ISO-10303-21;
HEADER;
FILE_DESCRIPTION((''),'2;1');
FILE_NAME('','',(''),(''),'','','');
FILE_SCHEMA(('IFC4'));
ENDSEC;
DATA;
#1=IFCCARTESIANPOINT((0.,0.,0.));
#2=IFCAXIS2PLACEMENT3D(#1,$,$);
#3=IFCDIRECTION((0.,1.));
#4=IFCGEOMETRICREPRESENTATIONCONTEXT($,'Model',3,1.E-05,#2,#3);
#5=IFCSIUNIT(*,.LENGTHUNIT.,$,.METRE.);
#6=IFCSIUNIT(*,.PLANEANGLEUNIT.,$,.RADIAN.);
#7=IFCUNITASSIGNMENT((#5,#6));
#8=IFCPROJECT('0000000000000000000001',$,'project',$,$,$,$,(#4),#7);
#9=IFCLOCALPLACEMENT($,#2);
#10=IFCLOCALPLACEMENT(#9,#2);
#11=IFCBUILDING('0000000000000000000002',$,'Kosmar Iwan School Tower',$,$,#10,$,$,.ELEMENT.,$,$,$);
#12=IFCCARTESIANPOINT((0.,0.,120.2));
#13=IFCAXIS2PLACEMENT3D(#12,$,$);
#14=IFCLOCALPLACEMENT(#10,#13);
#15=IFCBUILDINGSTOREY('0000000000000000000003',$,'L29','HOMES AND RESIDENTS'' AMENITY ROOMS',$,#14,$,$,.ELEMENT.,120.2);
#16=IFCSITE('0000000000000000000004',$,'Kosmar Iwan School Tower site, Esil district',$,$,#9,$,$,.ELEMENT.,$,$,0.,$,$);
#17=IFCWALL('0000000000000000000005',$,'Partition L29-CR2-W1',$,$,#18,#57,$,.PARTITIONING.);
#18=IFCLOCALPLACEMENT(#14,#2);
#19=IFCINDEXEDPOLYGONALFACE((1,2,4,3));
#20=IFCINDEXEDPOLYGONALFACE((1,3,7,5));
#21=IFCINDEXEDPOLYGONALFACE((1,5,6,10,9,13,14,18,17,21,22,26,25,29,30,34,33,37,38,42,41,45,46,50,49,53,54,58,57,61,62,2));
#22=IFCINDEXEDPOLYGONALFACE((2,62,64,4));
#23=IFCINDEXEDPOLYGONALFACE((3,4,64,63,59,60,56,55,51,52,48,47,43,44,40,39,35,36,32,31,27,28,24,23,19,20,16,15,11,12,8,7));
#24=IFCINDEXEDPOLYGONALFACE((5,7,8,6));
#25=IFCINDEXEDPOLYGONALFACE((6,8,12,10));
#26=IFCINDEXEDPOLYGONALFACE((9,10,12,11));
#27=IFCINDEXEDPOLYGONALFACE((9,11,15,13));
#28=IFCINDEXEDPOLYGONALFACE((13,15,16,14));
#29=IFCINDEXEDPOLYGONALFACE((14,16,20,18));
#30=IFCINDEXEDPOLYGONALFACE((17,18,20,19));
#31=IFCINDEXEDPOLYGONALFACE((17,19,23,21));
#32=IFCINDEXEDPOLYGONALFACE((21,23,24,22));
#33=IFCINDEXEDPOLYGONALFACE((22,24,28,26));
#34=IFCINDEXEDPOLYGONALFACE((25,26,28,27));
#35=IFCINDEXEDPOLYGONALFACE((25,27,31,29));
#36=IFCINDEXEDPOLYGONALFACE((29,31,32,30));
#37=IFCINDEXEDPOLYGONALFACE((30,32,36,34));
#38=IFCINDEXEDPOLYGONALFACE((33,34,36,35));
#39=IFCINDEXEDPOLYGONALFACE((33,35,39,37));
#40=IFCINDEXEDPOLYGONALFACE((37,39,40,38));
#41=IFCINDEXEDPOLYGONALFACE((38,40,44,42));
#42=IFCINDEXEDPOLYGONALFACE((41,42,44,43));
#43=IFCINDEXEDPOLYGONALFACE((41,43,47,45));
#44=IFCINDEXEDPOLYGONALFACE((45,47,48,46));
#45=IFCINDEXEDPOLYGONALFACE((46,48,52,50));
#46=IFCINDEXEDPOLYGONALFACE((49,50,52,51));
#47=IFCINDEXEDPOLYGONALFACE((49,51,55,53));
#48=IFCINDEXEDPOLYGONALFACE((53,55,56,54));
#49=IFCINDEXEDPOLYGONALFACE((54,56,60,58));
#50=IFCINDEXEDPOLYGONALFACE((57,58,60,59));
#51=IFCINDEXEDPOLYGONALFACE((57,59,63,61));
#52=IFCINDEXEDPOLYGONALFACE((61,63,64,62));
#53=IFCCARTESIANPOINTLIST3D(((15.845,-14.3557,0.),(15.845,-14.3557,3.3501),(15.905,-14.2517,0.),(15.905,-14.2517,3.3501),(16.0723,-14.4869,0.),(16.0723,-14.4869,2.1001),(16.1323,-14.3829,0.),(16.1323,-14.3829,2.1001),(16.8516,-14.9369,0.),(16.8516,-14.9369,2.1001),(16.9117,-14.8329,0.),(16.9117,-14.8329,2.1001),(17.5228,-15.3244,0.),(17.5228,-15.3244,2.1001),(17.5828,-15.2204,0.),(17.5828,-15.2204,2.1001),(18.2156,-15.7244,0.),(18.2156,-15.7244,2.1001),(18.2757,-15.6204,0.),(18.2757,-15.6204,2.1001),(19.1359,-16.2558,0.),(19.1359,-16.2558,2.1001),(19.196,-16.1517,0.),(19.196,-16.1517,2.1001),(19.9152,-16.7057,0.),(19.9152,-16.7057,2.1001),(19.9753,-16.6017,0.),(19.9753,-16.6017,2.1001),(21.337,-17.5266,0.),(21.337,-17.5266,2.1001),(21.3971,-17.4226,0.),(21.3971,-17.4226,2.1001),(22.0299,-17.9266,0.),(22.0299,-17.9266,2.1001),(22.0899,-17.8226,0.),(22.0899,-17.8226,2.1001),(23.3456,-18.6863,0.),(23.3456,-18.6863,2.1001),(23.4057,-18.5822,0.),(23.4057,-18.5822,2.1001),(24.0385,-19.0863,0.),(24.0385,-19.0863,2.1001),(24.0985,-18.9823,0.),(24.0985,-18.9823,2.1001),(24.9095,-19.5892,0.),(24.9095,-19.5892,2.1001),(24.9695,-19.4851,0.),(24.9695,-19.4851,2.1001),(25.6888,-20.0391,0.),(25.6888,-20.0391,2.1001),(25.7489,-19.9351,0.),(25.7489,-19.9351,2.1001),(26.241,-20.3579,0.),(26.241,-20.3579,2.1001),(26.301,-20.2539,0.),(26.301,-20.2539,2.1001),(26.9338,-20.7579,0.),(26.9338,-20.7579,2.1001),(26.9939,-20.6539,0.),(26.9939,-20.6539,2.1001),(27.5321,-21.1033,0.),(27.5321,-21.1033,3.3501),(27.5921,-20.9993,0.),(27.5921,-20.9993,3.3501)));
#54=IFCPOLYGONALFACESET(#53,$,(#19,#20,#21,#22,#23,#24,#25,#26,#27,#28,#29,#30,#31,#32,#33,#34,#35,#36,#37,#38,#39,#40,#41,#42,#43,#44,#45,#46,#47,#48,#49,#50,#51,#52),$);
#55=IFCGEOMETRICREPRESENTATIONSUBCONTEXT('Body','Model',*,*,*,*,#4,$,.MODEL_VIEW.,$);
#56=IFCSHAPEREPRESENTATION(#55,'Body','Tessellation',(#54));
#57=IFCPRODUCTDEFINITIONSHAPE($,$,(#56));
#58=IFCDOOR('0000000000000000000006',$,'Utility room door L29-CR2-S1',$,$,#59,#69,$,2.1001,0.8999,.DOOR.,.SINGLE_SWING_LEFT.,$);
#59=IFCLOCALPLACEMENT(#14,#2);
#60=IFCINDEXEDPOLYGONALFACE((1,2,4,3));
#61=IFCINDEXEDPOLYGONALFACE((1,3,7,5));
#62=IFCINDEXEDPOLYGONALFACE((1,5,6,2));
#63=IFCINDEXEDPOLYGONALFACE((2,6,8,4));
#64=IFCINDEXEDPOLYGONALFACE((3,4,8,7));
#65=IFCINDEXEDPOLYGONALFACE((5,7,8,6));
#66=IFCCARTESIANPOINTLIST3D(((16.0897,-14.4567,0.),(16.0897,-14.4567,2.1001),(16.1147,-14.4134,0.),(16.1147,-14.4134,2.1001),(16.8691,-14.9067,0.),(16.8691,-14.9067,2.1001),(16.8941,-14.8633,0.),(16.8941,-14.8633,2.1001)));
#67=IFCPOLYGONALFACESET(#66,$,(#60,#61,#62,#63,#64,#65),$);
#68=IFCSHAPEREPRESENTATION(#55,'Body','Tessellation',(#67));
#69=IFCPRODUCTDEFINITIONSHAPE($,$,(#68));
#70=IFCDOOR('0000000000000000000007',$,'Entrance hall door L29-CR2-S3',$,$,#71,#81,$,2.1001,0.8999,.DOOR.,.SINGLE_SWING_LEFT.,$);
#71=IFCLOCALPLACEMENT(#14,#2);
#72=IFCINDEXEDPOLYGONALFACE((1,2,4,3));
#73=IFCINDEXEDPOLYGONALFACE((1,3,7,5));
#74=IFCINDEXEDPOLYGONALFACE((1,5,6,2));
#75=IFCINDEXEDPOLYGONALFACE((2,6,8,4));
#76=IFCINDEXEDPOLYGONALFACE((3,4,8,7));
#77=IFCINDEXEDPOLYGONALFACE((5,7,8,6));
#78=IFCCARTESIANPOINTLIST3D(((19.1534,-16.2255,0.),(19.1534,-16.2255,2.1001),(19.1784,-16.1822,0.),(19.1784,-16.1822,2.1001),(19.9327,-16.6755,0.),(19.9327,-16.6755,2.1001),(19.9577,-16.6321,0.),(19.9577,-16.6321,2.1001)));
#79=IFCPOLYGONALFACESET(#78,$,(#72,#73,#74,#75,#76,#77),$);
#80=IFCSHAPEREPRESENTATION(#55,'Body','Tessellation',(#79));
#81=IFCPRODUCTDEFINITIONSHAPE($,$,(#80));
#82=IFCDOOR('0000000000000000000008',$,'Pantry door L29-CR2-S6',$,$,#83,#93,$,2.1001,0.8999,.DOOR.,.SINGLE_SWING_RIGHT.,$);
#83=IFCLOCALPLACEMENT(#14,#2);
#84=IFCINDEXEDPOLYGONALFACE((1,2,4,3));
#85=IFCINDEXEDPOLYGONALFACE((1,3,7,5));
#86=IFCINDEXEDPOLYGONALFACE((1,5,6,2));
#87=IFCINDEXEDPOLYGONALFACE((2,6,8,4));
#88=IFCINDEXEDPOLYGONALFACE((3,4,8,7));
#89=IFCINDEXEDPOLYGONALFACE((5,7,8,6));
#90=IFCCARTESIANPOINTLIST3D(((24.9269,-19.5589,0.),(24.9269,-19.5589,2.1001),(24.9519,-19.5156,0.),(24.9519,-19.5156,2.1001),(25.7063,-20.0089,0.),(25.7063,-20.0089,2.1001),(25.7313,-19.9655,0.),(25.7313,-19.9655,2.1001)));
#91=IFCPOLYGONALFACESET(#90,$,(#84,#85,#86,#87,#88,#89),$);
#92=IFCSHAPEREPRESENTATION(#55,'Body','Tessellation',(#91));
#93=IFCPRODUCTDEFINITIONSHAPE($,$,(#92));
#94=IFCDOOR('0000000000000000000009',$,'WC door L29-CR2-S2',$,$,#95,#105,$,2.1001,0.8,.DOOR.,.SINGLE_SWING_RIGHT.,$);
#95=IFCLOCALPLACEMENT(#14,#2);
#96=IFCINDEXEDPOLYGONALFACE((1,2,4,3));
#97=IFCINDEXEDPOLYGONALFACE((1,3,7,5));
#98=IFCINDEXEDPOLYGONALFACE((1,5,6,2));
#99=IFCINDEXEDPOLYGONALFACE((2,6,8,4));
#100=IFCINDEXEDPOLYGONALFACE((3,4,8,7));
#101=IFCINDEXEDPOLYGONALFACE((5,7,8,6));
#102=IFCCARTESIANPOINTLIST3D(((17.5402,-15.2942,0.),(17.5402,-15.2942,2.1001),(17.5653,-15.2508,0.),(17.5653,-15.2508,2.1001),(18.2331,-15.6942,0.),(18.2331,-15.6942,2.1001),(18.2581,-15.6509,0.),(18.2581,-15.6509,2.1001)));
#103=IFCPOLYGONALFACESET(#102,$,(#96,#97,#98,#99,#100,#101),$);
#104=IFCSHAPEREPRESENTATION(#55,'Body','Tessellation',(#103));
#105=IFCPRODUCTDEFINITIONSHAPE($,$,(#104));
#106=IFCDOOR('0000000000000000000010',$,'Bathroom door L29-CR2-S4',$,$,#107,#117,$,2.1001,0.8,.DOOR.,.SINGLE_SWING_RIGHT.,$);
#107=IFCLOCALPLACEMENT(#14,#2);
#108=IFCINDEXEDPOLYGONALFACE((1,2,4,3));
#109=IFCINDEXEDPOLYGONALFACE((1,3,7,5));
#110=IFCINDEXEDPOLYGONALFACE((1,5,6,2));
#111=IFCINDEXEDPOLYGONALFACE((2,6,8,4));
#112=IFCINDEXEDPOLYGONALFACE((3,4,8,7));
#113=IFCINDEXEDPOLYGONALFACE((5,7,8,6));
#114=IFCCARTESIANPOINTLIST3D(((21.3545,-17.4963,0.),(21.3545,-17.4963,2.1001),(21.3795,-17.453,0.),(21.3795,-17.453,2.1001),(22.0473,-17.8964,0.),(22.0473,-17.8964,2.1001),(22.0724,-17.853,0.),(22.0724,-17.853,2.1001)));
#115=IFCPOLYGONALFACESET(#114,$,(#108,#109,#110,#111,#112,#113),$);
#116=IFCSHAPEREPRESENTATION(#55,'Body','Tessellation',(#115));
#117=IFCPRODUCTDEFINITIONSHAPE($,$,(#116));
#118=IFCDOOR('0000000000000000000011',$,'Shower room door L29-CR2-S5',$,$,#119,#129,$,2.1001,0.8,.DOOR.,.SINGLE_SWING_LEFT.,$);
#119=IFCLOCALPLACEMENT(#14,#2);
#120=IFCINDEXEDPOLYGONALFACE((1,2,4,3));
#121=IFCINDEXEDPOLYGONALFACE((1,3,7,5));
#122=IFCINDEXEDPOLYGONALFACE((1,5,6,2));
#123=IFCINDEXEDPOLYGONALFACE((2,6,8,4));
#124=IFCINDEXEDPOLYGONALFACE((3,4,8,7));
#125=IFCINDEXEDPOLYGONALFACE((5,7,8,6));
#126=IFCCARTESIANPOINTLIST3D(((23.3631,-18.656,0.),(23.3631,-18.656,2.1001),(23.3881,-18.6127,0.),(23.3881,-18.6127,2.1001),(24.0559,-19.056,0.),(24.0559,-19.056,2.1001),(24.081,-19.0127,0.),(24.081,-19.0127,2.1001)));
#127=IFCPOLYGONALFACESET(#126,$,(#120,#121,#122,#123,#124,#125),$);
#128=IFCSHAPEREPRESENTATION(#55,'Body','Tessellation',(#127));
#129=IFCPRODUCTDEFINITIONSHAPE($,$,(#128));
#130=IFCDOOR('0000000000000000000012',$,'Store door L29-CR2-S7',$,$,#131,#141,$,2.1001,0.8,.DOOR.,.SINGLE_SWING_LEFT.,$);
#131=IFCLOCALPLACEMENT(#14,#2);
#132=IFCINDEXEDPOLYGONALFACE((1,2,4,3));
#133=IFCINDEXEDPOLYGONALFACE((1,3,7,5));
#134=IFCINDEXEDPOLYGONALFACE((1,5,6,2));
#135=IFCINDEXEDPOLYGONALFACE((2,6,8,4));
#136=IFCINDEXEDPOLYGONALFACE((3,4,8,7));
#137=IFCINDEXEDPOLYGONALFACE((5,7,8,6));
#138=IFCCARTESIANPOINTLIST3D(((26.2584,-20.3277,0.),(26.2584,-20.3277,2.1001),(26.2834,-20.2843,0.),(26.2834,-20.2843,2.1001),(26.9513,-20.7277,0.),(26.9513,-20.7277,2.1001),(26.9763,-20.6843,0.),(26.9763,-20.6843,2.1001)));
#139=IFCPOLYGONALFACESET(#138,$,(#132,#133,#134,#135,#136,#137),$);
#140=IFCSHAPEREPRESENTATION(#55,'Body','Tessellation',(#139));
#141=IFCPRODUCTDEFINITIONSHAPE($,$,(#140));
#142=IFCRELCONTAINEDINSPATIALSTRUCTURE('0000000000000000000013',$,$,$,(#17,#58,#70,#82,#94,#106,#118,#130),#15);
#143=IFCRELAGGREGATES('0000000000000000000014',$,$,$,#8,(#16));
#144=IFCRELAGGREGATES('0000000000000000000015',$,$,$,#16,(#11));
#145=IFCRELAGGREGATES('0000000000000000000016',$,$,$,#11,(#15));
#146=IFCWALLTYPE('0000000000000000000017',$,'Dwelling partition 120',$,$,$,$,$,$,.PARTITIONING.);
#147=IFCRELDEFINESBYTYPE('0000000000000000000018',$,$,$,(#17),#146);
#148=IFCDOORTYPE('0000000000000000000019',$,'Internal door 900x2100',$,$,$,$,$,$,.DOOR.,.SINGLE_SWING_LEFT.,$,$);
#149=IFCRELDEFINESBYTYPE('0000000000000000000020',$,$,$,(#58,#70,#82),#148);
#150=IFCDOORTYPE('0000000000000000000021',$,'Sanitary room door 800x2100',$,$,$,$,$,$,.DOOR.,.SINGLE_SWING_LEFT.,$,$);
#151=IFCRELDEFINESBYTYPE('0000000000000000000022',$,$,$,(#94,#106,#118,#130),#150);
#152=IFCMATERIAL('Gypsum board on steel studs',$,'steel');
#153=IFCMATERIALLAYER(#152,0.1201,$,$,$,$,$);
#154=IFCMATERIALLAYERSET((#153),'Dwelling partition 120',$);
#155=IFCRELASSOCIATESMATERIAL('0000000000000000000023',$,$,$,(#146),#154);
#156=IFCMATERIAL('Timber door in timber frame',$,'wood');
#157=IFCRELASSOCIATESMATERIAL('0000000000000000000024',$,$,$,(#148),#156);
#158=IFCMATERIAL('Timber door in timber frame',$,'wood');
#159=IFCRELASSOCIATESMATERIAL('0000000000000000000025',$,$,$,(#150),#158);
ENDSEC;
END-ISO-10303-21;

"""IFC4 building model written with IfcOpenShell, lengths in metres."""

from ifc_helpers import new_model, si_unit, direction, frame, frame_2d, origin, place, context, subcontext, project, spatial, rectangle, extrude, material, layer, layer_set, type_object, element, fill, save


model = new_model("IFC4")

# Units and contexts
model_context = context("Model", 3, precision=1e-05, world=origin(), true_north=direction((0.0, 1.0)))
body_context = subcontext(model_context, "Body", "Model", "MODEL_VIEW")
ifc_project = project(units=[si_unit("LENGTHUNIT", "METRE"), si_unit("PLANEANGLEUNIT", "RADIAN")], contexts=[model_context])

# Site, building, storey
site_placement = place(None, origin())
site = spatial("IfcSite", under=ifc_project, at=site_placement, Name="Kosmar Iwan School Tower site, Esil district", CompositionType="ELEMENT", RefElevation=0.0)
building_placement = place(site_placement, origin())
building = spatial("IfcBuilding", under=site, at=building_placement, Name="Kosmar Iwan School Tower", CompositionType="ELEMENT")
storey_placement = place(building_placement, frame((0.0, 0.0, 120.2)))
storey = spatial("IfcBuildingStorey", under=building, at=storey_placement, Name="L29", Description="HOMES AND RESIDENTS' AMENITY ROOMS", CompositionType="ELEMENT", Elevation=120.2)

# Shared definitions
ifc_material_1 = material(Name="Gypsum board on steel studs", Category="steel")
ifc_layer_1 = layer(ifc_material_1, 0.1201)
ifc_layer_set_1 = layer_set([ifc_layer_1], Name="Dwelling partition 120")
wall_type_1 = type_object("IfcWallType", Name="Dwelling partition 120", PredefinedType="PARTITIONING", material=ifc_layer_set_1)

# Wall, openings, doors
wall_1_placement = place(storey_placement, frame((15.875, -14.3037, 0.0), z_axis=(0.0, 0.0, 1.0), x_axis=(0.866024, -0.500003, 0.0)))
wall_1 = element("IfcWall", 1, at=wall_1_placement, inside=storey, type_object=wall_type_1, Name="Partition L29-CR2-W1", PredefinedType="PARTITIONING", context=body_context, shape_type="SweptSolid", body=[
    extrude(rectangle(XDim=13.4951, YDim=0.1201, at=frame_2d((6.7476, 0.0))), origin(), (0.0, 0.0, 1.0), 3.3501),
])
opening_1_placement = place(wall_1_placement, frame((0.2625, 0.0, 0.0)))
opening_1 = element("IfcOpeningElement", 2, at=opening_1_placement, cuts=wall_1, PredefinedType="OPENING", context=body_context, shape_type="SweptSolid", body=[
    extrude(rectangle(XDim=0.8999, YDim=2.1001, at=frame_2d((0.45, 1.05))), frame((0.0, 0.072, 0.0), z_axis=(0.0, -1.0, 0.0), x_axis=(1.0, 0.0, 0.0)), (0.0, 0.0, 1.0), 0.144),
])
opening_2_placement = place(wall_1_placement, frame((1.9375, 0.0, 0.0)))
opening_2 = element("IfcOpeningElement", 3, at=opening_2_placement, cuts=wall_1, PredefinedType="OPENING", context=body_context, shape_type="SweptSolid", body=[
    extrude(rectangle(XDim=0.8, YDim=2.1001, at=frame_2d((0.3999, 1.05))), frame((0.0, 0.072, 0.0), z_axis=(0.0, -1.0, 0.0), x_axis=(1.0, 0.0, 0.0)), (0.0, 0.0, 1.0), 0.144),
])
opening_3_placement = place(wall_1_placement, frame((3.8, 0.0, 0.0)))
opening_3 = element("IfcOpeningElement", 4, at=opening_3_placement, cuts=wall_1, PredefinedType="OPENING", context=body_context, shape_type="SweptSolid", body=[
    extrude(rectangle(XDim=0.8999, YDim=2.1001, at=frame_2d((0.45, 1.05))), frame((0.0, 0.072, 0.0), z_axis=(0.0, -1.0, 0.0), x_axis=(1.0, 0.0, 0.0)), (0.0, 0.0, 1.0), 0.144),
])
opening_4_placement = place(wall_1_placement, frame((6.3418, 0.0, 0.0)))
opening_4 = element("IfcOpeningElement", 5, at=opening_4_placement, cuts=wall_1, PredefinedType="OPENING", context=body_context, shape_type="SweptSolid", body=[
    extrude(rectangle(XDim=0.8, YDim=2.1001, at=frame_2d((0.3999, 1.05))), frame((0.0, 0.072, 0.0), z_axis=(0.0, -1.0, 0.0), x_axis=(1.0, 0.0, 0.0)), (0.0, 0.0, 1.0), 0.144),
])
opening_5_placement = place(wall_1_placement, frame((8.6611, 0.0, 0.0)))
opening_5 = element("IfcOpeningElement", 6, at=opening_5_placement, cuts=wall_1, PredefinedType="OPENING", context=body_context, shape_type="SweptSolid", body=[
    extrude(rectangle(XDim=0.8, YDim=2.1001, at=frame_2d((0.3999, 1.05))), frame((0.0, 0.072, 0.0), z_axis=(0.0, -1.0, 0.0), x_axis=(1.0, 0.0, 0.0)), (0.0, 0.0, 1.0), 0.144),
])
opening_6_placement = place(wall_1_placement, frame((10.4668, 0.0, 0.0)))
opening_6 = element("IfcOpeningElement", 7, at=opening_6_placement, cuts=wall_1, PredefinedType="OPENING", context=body_context, shape_type="SweptSolid", body=[
    extrude(rectangle(XDim=0.8999, YDim=2.1001, at=frame_2d((0.45, 1.05))), frame((0.0, 0.072, 0.0), z_axis=(0.0, -1.0, 0.0), x_axis=(1.0, 0.0, 0.0)), (0.0, 0.0, 1.0), 0.144),
])
opening_7_placement = place(wall_1_placement, frame((12.0044, 0.0, 0.0)))
opening_7 = element("IfcOpeningElement", 8, at=opening_7_placement, cuts=wall_1, PredefinedType="OPENING", context=body_context, shape_type="SweptSolid", body=[
    extrude(rectangle(XDim=0.8, YDim=2.1001, at=frame_2d((0.3999, 1.05))), frame((0.0, 0.072, 0.0), z_axis=(0.0, -1.0, 0.0), x_axis=(1.0, 0.0, 0.0)), (0.0, 0.0, 1.0), 0.144),
])
ifc_material_2 = material(Name="Timber door in timber frame", Category="wood")
door_type_1 = type_object("IfcDoorType", Name="Internal door 900x2100", OperationType="SINGLE_SWING_LEFT", PredefinedType="DOOR", material=ifc_material_2)
door_1_placement = place(opening_1_placement, origin())
door_1 = element("IfcDoor", 9, at=door_1_placement, inside=storey, type_object=door_type_1, Name="Utility room door L29-CR2-S1", OperationType="SINGLE_SWING_LEFT", OverallHeight=2.1001, OverallWidth=0.8999, PredefinedType="DOOR", context=body_context, shape_type="SweptSolid", body=[
    extrude(rectangle(XDim=0.8999, YDim=2.1001, at=frame_2d((0.45, 1.05))), frame((0.0, 0.0249, 0.0), z_axis=(0.0, -1.0, 0.0), x_axis=(1.0, 0.0, 0.0)), (0.0, 0.0, 1.0), 0.05),
])
fill(opening_1, door_1)
door_2_placement = place(opening_3_placement, origin())
door_2 = element("IfcDoor", 10, at=door_2_placement, inside=storey, type_object=door_type_1, Name="Entrance hall door L29-CR2-S3", OperationType="SINGLE_SWING_LEFT", OverallHeight=2.1001, OverallWidth=0.8999, PredefinedType="DOOR", context=body_context, shape_type="SweptSolid", body=[
    extrude(rectangle(XDim=0.8999, YDim=2.1001, at=frame_2d((0.45, 1.05))), frame((0.0, 0.0249, 0.0), z_axis=(0.0, -1.0, 0.0), x_axis=(1.0, 0.0, 0.0)), (0.0, 0.0, 1.0), 0.05),
])
fill(opening_3, door_2)
door_3_placement = place(opening_6_placement, origin())
door_3 = element("IfcDoor", 11, at=door_3_placement, inside=storey, type_object=door_type_1, Name="Pantry door L29-CR2-S6", OperationType="SINGLE_SWING_RIGHT", OverallHeight=2.1001, OverallWidth=0.8999, PredefinedType="DOOR", context=body_context, shape_type="SweptSolid", body=[
    extrude(rectangle(XDim=0.8999, YDim=2.1001, at=frame_2d((0.45, 1.05))), frame((0.0, 0.0249, 0.0), z_axis=(0.0, -1.0, 0.0), x_axis=(1.0, 0.0, 0.0)), (0.0, 0.0, 1.0), 0.05),
])
fill(opening_6, door_3)
ifc_material_3 = material(Name="Timber door in timber frame", Category="wood")
door_type_2 = type_object("IfcDoorType", Name="Sanitary room door 800x2100", OperationType="SINGLE_SWING_LEFT", PredefinedType="DOOR", material=ifc_material_3)
door_4_placement = place(opening_2_placement, origin())
door_4 = element("IfcDoor", 12, at=door_4_placement, inside=storey, type_object=door_type_2, Name="WC door L29-CR2-S2", OperationType="SINGLE_SWING_RIGHT", OverallHeight=2.1001, OverallWidth=0.8, PredefinedType="DOOR", context=body_context, shape_type="SweptSolid", body=[
    extrude(rectangle(XDim=0.8, YDim=2.1001, at=frame_2d((0.3999, 1.05))), frame((0.0, 0.0249, 0.0), z_axis=(0.0, -1.0, 0.0), x_axis=(1.0, 0.0, 0.0)), (0.0, 0.0, 1.0), 0.05),
])
fill(opening_2, door_4)
door_5_placement = place(opening_4_placement, origin())
door_5 = element("IfcDoor", 13, at=door_5_placement, inside=storey, type_object=door_type_2, Name="Bathroom door L29-CR2-S4", OperationType="SINGLE_SWING_RIGHT", OverallHeight=2.1001, OverallWidth=0.8, PredefinedType="DOOR", context=body_context, shape_type="SweptSolid", body=[
    extrude(rectangle(XDim=0.8, YDim=2.1001, at=frame_2d((0.3999, 1.05))), frame((0.0, 0.0249, 0.0), z_axis=(0.0, -1.0, 0.0), x_axis=(1.0, 0.0, 0.0)), (0.0, 0.0, 1.0), 0.05),
])
fill(opening_4, door_5)
door_6_placement = place(opening_5_placement, origin())
door_6 = element("IfcDoor", 14, at=door_6_placement, inside=storey, type_object=door_type_2, Name="Shower room door L29-CR2-S5", OperationType="SINGLE_SWING_LEFT", OverallHeight=2.1001, OverallWidth=0.8, PredefinedType="DOOR", context=body_context, shape_type="SweptSolid", body=[
    extrude(rectangle(XDim=0.8, YDim=2.1001, at=frame_2d((0.3999, 1.05))), frame((0.0, 0.0249, 0.0), z_axis=(0.0, -1.0, 0.0), x_axis=(1.0, 0.0, 0.0)), (0.0, 0.0, 1.0), 0.05),
])
fill(opening_5, door_6)
door_7_placement = place(opening_7_placement, origin())
door_7 = element("IfcDoor", 15, at=door_7_placement, inside=storey, type_object=door_type_2, Name="Store door L29-CR2-S7", OperationType="SINGLE_SWING_LEFT", OverallHeight=2.1001, OverallWidth=0.8, PredefinedType="DOOR", context=body_context, shape_type="SweptSolid", body=[
    extrude(rectangle(XDim=0.8, YDim=2.1001, at=frame_2d((0.3999, 1.05))), frame((0.0, 0.0249, 0.0), z_axis=(0.0, -1.0, 0.0), x_axis=(1.0, 0.0, 0.0)), (0.0, 0.0, 1.0), 0.05),
])
fill(opening_7, door_7)

save(model, "model.ifc")
